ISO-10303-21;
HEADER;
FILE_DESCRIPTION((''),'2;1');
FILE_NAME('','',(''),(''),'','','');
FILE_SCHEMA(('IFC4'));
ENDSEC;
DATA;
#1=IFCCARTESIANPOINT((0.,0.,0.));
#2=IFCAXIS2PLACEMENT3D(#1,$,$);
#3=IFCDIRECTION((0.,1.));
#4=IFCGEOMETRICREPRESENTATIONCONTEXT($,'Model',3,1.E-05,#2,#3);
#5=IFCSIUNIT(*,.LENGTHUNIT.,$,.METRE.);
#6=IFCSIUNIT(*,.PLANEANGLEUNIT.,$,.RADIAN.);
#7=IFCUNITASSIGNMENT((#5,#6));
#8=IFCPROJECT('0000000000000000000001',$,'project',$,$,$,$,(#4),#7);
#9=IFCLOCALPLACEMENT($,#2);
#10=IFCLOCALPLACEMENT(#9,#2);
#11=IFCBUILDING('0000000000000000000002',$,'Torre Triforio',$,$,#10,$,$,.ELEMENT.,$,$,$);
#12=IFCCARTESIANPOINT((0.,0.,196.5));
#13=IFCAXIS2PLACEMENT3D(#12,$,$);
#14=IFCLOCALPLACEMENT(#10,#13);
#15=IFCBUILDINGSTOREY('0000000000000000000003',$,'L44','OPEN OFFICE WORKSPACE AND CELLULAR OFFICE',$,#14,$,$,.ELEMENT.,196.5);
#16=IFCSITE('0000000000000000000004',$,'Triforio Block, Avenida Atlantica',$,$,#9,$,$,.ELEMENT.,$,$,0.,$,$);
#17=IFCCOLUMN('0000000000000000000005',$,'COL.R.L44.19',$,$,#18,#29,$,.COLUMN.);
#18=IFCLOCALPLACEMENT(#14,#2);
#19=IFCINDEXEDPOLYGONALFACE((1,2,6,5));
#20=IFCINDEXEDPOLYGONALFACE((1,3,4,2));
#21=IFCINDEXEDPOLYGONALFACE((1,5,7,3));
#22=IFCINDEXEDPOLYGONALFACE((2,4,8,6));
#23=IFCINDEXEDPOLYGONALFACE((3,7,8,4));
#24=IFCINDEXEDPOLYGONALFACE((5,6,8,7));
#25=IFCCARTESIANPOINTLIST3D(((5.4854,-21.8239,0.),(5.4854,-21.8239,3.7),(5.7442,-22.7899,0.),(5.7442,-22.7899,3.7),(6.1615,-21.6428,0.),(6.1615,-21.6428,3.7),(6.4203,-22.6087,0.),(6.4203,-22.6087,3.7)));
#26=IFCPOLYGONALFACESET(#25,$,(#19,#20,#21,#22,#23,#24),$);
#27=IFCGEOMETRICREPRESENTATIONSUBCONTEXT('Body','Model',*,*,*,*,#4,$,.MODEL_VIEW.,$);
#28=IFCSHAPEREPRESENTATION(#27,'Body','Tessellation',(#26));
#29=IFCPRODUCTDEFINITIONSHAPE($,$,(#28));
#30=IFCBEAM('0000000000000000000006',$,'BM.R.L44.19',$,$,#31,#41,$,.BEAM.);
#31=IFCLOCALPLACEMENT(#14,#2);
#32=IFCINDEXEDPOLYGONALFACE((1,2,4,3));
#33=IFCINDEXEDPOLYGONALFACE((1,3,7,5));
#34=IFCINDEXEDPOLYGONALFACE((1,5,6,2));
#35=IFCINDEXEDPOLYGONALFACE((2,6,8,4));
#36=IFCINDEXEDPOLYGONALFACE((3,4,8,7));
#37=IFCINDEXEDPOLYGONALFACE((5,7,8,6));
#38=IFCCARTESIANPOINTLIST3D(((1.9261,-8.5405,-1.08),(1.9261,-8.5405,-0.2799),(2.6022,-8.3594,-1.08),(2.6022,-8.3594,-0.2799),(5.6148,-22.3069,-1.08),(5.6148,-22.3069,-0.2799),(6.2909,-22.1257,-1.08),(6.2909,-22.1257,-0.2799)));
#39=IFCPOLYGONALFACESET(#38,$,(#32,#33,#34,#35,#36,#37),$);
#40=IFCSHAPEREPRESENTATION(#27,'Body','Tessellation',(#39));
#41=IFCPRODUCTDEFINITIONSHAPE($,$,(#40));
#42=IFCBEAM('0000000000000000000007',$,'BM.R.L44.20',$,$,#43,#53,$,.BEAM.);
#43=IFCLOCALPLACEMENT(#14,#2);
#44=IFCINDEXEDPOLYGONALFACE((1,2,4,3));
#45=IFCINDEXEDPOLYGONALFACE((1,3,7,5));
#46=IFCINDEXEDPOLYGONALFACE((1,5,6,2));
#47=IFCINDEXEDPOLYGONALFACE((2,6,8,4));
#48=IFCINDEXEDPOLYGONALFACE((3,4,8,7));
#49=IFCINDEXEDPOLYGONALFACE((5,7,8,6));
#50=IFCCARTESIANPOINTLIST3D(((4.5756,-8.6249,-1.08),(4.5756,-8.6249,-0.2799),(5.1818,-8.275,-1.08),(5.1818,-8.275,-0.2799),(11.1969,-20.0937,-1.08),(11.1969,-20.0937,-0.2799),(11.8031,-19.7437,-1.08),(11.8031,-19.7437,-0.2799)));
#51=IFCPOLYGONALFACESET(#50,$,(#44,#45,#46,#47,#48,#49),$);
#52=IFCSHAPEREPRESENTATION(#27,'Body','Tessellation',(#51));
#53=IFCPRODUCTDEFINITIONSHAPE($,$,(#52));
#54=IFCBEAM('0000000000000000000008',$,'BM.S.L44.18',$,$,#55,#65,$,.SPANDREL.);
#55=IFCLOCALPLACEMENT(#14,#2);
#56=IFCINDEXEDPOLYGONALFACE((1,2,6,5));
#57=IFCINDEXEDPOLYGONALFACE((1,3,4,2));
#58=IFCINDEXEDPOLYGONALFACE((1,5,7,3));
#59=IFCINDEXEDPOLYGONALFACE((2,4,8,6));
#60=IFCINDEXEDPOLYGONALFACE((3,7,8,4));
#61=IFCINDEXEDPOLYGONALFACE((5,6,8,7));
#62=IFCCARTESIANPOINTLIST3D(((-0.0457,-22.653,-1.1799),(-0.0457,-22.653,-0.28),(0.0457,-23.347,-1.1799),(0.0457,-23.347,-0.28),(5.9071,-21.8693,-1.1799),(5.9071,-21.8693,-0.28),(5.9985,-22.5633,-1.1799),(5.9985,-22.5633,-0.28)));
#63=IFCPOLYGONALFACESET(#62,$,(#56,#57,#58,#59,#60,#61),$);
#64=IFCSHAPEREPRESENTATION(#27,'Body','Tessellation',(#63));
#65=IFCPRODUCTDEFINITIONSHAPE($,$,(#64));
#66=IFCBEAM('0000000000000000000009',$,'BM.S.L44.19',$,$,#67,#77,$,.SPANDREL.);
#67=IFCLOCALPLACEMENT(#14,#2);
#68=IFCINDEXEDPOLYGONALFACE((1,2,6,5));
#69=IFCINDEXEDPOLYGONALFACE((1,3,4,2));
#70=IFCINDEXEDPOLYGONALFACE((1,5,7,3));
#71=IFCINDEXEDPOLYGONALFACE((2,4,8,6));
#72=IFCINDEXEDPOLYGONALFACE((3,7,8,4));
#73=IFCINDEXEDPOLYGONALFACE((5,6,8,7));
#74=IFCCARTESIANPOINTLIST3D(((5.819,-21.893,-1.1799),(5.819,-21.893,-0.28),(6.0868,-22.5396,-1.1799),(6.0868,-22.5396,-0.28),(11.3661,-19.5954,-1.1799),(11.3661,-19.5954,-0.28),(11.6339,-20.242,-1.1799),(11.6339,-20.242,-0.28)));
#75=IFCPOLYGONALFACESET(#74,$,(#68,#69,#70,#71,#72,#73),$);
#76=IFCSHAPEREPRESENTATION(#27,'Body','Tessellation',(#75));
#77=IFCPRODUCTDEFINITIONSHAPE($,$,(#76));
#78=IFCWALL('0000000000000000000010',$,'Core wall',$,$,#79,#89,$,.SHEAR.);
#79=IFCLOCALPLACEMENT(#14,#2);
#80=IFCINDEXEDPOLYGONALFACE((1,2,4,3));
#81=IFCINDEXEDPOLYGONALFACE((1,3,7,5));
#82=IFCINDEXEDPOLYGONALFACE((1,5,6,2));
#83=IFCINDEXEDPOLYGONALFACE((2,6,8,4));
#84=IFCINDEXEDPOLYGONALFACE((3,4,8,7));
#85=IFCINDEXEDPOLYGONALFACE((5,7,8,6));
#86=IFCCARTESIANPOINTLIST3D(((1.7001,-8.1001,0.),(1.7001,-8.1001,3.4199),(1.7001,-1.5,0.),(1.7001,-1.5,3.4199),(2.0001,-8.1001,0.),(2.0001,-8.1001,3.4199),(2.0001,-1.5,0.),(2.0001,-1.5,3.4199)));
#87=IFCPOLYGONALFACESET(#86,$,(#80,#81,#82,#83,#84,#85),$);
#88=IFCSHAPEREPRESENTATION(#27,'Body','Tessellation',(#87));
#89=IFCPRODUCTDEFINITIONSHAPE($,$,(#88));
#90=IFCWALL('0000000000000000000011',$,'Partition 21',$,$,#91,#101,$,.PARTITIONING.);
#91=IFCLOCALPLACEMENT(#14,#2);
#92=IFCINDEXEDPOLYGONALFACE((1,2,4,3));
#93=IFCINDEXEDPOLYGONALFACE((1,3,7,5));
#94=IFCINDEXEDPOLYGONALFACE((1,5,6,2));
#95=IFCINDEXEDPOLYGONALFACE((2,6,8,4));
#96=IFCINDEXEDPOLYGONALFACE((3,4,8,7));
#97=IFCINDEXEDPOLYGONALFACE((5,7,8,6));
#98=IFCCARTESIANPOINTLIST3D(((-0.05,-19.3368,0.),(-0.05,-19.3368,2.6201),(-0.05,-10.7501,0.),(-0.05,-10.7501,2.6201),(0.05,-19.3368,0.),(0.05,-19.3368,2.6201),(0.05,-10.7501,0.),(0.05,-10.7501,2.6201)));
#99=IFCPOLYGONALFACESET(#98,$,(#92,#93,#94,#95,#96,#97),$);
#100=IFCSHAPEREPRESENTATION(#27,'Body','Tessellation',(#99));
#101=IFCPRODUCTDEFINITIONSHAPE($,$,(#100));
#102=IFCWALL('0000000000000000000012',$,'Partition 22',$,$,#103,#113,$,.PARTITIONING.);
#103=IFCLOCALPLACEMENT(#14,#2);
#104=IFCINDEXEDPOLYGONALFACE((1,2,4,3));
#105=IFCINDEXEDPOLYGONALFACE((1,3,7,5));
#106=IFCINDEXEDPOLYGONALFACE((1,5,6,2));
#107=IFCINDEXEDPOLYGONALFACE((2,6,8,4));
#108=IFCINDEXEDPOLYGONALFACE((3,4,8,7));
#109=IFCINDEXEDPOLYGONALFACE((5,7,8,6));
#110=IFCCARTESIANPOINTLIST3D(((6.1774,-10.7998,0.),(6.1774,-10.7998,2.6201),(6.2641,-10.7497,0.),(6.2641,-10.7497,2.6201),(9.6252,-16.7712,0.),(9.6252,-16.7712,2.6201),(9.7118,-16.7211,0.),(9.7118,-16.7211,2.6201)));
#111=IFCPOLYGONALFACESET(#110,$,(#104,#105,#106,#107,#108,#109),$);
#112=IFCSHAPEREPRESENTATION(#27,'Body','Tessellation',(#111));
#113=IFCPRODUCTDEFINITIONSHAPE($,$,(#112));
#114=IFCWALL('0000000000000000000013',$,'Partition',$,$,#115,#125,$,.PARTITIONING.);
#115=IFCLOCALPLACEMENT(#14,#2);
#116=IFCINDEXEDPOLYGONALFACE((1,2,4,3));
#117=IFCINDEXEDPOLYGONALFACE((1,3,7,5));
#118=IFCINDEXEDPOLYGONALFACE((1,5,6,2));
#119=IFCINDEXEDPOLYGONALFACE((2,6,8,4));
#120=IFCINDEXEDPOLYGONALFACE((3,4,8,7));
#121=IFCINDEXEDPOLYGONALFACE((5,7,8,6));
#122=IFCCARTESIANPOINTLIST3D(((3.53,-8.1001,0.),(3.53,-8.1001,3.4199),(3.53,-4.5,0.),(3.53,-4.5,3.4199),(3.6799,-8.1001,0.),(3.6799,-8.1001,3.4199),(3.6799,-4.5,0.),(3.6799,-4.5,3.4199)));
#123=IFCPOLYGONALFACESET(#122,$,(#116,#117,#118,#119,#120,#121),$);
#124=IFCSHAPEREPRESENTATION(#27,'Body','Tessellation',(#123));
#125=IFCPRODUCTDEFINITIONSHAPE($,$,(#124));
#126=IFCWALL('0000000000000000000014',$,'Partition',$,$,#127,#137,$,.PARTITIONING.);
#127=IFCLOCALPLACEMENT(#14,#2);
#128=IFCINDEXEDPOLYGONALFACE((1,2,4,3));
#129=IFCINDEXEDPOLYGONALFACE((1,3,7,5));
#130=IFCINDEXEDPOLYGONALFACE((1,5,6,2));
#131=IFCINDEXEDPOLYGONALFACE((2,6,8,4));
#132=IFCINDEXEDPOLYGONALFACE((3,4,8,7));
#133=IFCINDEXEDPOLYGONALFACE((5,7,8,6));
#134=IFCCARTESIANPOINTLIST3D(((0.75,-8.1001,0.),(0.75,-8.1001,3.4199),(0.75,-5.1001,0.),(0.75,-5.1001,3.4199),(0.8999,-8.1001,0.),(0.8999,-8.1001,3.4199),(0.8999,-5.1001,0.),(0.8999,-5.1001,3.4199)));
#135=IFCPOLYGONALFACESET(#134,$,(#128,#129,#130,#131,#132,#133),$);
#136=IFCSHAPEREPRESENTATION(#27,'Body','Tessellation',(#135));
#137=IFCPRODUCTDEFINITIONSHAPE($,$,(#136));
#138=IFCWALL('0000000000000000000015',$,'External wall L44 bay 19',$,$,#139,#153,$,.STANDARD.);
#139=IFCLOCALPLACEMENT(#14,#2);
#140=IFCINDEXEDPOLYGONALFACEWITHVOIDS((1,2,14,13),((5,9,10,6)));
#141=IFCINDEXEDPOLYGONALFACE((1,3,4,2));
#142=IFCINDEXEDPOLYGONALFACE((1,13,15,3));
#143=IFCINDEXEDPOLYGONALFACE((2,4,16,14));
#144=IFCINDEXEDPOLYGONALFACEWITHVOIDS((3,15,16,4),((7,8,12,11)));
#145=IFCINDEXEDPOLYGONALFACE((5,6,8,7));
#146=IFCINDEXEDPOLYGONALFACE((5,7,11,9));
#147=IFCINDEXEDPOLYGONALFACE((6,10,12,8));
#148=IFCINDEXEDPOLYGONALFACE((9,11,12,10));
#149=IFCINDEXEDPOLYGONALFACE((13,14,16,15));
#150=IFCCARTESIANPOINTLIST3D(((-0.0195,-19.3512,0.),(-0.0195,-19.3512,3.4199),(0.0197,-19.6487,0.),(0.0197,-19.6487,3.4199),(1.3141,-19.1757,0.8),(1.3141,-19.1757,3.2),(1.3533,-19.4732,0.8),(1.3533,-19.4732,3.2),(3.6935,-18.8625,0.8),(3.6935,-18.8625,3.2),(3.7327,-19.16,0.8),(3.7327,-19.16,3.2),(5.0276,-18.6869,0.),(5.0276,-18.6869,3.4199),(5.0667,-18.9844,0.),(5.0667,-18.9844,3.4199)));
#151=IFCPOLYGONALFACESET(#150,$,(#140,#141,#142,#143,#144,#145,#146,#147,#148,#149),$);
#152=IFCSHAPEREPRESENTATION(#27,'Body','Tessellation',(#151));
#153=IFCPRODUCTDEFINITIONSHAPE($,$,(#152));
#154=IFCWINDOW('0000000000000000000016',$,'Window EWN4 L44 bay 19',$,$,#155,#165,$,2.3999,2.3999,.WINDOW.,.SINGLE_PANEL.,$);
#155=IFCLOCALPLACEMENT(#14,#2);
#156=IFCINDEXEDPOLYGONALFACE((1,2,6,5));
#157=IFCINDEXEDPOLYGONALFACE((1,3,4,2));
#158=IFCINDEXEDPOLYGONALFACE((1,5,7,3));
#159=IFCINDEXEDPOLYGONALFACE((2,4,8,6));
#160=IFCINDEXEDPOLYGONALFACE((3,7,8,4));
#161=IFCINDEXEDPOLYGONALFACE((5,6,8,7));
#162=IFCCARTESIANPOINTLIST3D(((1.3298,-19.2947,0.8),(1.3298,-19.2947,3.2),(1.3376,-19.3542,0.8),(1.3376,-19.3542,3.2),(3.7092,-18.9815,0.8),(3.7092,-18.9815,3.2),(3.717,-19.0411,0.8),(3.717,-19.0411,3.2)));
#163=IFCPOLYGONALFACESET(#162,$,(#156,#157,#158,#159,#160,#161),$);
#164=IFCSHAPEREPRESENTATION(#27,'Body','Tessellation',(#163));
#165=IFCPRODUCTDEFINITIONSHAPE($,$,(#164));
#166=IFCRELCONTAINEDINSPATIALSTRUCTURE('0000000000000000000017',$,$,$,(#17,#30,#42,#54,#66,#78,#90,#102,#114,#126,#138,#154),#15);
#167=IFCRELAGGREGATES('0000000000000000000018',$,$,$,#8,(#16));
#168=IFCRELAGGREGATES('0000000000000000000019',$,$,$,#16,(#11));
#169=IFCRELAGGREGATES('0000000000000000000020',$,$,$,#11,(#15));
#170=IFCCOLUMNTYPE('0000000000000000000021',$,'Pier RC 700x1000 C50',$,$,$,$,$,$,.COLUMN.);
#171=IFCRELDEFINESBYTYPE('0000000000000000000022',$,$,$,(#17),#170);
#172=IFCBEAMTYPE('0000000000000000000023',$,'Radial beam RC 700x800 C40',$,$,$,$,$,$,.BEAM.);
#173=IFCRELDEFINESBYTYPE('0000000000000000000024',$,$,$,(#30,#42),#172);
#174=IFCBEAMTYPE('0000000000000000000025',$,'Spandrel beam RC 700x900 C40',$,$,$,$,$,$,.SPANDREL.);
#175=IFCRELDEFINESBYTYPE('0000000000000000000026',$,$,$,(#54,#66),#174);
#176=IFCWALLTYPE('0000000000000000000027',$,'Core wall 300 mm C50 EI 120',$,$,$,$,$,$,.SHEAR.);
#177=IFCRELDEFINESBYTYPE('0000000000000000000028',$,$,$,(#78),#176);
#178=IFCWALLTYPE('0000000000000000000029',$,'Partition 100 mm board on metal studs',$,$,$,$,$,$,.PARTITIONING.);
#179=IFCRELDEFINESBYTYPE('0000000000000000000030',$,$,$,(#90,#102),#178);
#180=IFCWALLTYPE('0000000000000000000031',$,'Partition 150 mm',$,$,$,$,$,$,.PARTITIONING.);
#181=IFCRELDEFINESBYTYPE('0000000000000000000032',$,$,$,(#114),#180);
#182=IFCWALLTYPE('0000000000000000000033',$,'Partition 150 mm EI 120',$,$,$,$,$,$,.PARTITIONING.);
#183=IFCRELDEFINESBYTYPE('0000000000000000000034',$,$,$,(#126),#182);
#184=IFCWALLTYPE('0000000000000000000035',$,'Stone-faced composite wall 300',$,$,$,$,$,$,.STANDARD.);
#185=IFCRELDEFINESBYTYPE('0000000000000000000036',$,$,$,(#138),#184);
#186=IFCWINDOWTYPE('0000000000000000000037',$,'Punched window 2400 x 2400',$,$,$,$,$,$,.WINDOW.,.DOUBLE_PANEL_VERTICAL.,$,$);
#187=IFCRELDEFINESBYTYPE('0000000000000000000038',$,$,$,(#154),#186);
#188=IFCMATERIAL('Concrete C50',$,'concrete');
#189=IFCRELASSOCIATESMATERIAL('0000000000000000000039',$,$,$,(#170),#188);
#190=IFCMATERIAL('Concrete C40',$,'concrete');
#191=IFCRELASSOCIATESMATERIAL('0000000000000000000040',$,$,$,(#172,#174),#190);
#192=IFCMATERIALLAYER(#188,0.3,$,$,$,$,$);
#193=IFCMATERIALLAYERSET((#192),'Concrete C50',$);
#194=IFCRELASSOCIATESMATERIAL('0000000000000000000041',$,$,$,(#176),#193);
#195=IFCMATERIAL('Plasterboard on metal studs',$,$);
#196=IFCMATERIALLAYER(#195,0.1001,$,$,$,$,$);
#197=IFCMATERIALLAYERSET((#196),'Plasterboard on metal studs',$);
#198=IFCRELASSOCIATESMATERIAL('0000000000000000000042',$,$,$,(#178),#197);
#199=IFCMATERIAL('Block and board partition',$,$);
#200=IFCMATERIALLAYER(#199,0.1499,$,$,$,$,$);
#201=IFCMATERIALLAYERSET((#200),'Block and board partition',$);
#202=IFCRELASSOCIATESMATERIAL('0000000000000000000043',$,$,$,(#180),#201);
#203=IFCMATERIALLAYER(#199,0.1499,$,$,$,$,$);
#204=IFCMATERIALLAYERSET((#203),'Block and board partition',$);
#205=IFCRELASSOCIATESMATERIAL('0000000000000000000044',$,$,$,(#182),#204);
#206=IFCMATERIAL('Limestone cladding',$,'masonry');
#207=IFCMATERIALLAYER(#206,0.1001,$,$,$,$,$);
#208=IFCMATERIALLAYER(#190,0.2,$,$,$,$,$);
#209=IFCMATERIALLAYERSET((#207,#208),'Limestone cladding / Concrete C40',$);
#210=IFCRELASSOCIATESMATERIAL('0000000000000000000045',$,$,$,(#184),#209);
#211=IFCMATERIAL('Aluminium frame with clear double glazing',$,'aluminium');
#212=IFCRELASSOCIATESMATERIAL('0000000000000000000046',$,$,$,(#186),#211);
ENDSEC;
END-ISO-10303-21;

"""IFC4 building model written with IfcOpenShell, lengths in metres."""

from ifc_helpers import new_model, si_unit, direction, frame, frame_2d, origin, origin_2d, place, context, subcontext, project, spatial, rectangle, extrude, material, layer, layer_set, material_profile, profile_set, type_object, element, fill, save


model = new_model("IFC4")

# Units and contexts
model_context = context("Model", 3, precision=1e-05, world=origin(), true_north=direction((0.0, 1.0)))
body_context = subcontext(model_context, "Body", "Model", "MODEL_VIEW")
ifc_project = project(units=[si_unit("LENGTHUNIT", "METRE"), si_unit("PLANEANGLEUNIT", "RADIAN")], contexts=[model_context])

# Site, building, storey
site_placement = place(None, origin())
site = spatial("IfcSite", under=ifc_project, at=site_placement, Name="Triforio Block, Avenida Atlantica", CompositionType="ELEMENT", RefElevation=0.0)
building_placement = place(site_placement, origin())
building = spatial("IfcBuilding", under=site, at=building_placement, Name="Torre Triforio", CompositionType="ELEMENT")
storey_placement = place(building_placement, frame((0.0, 0.0, 196.5)))
storey = spatial("IfcBuildingStorey", under=building, at=storey_placement, Name="L44", Description="OPEN OFFICE WORKSPACE AND CELLULAR OFFICE", CompositionType="ELEMENT", Elevation=196.5)

# Column
ifc_material_1 = material(Name="Concrete C50", Category="concrete")
ifc_material_profile_1 = material_profile(ifc_material_1, rectangle(XDim=0.7, YDim=1.0, at=origin_2d()), Name="RC 700x1000")
ifc_profile_set_1 = profile_set([ifc_material_profile_1], Name="Concrete C50")
column_type = type_object("IfcColumnType", Name="Pier RC 700x1000 C50", PredefinedType="COLUMN", material=ifc_profile_set_1)
column_placement = place(storey_placement, frame((5.9529, -22.2163, 0.0), z_axis=(0.0, 0.0, 1.0), x_axis=(0.965926, 0.258819, 0.0)))
element("IfcColumn", 1, at=column_placement, inside=storey, type_object=column_type, Name="COL.R.L44.19", PredefinedType="COLUMN", context=body_context, shape_type="SweptSolid", body=[
    extrude(rectangle(XDim=0.7, YDim=1.0, at=origin_2d()), origin(), (0.0, 0.0, 1.0), 3.7),
])

# Beams
ifc_material_2 = material(Name="Concrete C40", Category="concrete")
ifc_material_profile_2 = material_profile(ifc_material_2, rectangle(XDim=0.7, YDim=0.8, at=origin_2d()), Name="RC 700x800")
ifc_profile_set_2 = profile_set([ifc_material_profile_2], Name="Concrete C40")
beam_type_1 = type_object("IfcBeamType", Name="Radial beam RC 700x800 C40", PredefinedType="BEAM", material=ifc_profile_set_2)
beam_1_placement = place(storey_placement, frame((2.2642, -8.45, -0.6799), z_axis=(0.258821, -0.965925, 0.0), x_axis=(0.965925, 0.258821, 0.0)))
element("IfcBeam", 2, at=beam_1_placement, inside=storey, type_object=beam_type_1, Name="BM.R.L44.19", PredefinedType="BEAM", context=body_context, shape_type="SweptSolid", body=[
    extrude(rectangle(XDim=0.7, YDim=0.8, at=origin_2d()), origin(), (0.0, 0.0, 1.0), 14.252),
])
beam_2_placement = place(storey_placement, frame((4.8787, -8.45, -0.6799), z_axis=(0.499992, -0.86603, 0.0), x_axis=(0.86603, 0.499992, 0.0)))
element("IfcBeam", 3, at=beam_2_placement, inside=storey, type_object=beam_type_1, Name="BM.R.L44.20", PredefinedType="BEAM", context=body_context, shape_type="SweptSolid", body=[
    extrude(rectangle(XDim=0.7, YDim=0.8, at=origin_2d()), origin(), (0.0, 0.0, 1.0), 13.2429),
])
ifc_material_profile_3 = material_profile(ifc_material_2, rectangle(XDim=0.7, YDim=0.8999, at=origin_2d()), Name="RC 700x900")
ifc_profile_set_3 = profile_set([ifc_material_profile_3], Name="Concrete C40")
beam_type_2 = type_object("IfcBeamType", Name="Spandrel beam RC 700x900 C40", PredefinedType="SPANDREL", material=ifc_profile_set_3)
for number, where, z_axis, x_axis, name in (
    (4, (0.0, -23.0, -0.73), (0.991445, 0.130523, 0.0), (-0.130523, 0.991445, 0.0), "BM.S.L44.18"),
    (5, (5.9529, -22.2163, -0.73), (0.923885, 0.382671, 0.0), (-0.382671, 0.923885, 0.0), "BM.S.L44.19"),
):
    element("IfcBeam", number, at=place(storey_placement, frame(where, z_axis=z_axis, x_axis=x_axis)), inside=storey, type_object=beam_type_2, Name=name, PredefinedType="SPANDREL", context=body_context, shape_type="SweptSolid", body=[
        extrude(rectangle(XDim=0.7, YDim=0.8999, at=origin_2d()), origin(), (0.0, 0.0, 1.0), 6.0042),
    ])

# Walls
ifc_layer_1 = layer(ifc_material_1, 0.3)
ifc_layer_set_1 = layer_set([ifc_layer_1], Name="Concrete C50")
wall_type_1 = type_object("IfcWallType", Name="Core wall 300 mm C50 EI 120", PredefinedType="SHEAR", material=ifc_layer_set_1)
wall_1_placement = place(storey_placement, frame((1.8501, -8.1001, 0.0), z_axis=(0.0, 0.0, 1.0), x_axis=(0.0, 1.0, 0.0)))
element("IfcWall", 6, at=wall_1_placement, inside=storey, type_object=wall_type_1, Name="Core wall", PredefinedType="SHEAR", context=body_context, shape_type="SweptSolid", body=[
    extrude(rectangle(XDim=6.6001, YDim=0.3, at=frame_2d((3.3, 0.0))), origin(), (0.0, 0.0, 1.0), 3.4199),
])
ifc_material_3 = material(Name="Plasterboard on metal studs")
ifc_layer_2 = layer(ifc_material_3, 0.1001)
ifc_layer_set_2 = layer_set([ifc_layer_2], Name="Plasterboard on metal studs")
wall_type_2 = type_object("IfcWallType", Name="Partition 100 mm board on metal studs", PredefinedType="PARTITIONING", material=ifc_layer_set_2)
wall_2_placement = place(storey_placement, frame((0.0, -10.75, 0.0), z_axis=(0.0, 0.0, 1.0), x_axis=(0.0, -1.0, 0.0)))
element("IfcWall", 7, at=wall_2_placement, inside=storey, type_object=wall_type_2, Name="Partition 21", PredefinedType="PARTITIONING", context=body_context, shape_type="SweptSolid", body=[
    extrude(rectangle(XDim=8.5867, YDim=0.1001, at=frame_2d((4.2935, 0.0))), origin(), (0.0, 0.0, 1.0), 2.6201),
])
wall_3_placement = place(storey_placement, frame((6.2207, -10.7747, 0.0), z_axis=(0.0, 0.0, 1.0), x_axis=(0.500016, -0.866016, 0.0)))
element("IfcWall", 8, at=wall_3_placement, inside=storey, type_object=wall_type_2, Name="Partition 22", PredefinedType="PARTITIONING", context=body_context, shape_type="SweptSolid", body=[
    extrude(rectangle(XDim=6.8953, YDim=0.1001, at=frame_2d((3.4478, 0.0))), origin(), (0.0, 0.0, 1.0), 2.6201),
])
ifc_material_4 = material(Name="Block and board partition")
ifc_layer_3 = layer(ifc_material_4, 0.1499)
ifc_layer_set_3 = layer_set([ifc_layer_3], Name="Block and board partition")
wall_type_3 = type_object("IfcWallType", Name="Partition 150 mm", PredefinedType="PARTITIONING", material=ifc_layer_set_3)
wall_4_placement = place(storey_placement, frame((3.605, -8.1001, 0.0), z_axis=(0.0, 0.0, 1.0), x_axis=(0.0, 1.0, 0.0)))
element("IfcWall", 9, at=wall_4_placement, inside=storey, type_object=wall_type_3, Name="Partition", PredefinedType="PARTITIONING", context=body_context, shape_type="SweptSolid", body=[
    extrude(rectangle(XDim=3.6001, YDim=0.1499, at=frame_2d((1.8, 0.0))), origin(), (0.0, 0.0, 1.0), 3.4199),
])
ifc_layer_4 = layer(ifc_material_4, 0.1499)
ifc_layer_set_4 = layer_set([ifc_layer_4], Name="Block and board partition")
wall_type_4 = type_object("IfcWallType", Name="Partition 150 mm EI 120", PredefinedType="PARTITIONING", material=ifc_layer_set_4)
wall_5_placement = place(storey_placement, frame((0.825, -8.1001, 0.0), z_axis=(0.0, 0.0, 1.0), x_axis=(0.0, 1.0, 0.0)))
element("IfcWall", 10, at=wall_5_placement, inside=storey, type_object=wall_type_4, Name="Partition", PredefinedType="PARTITIONING", context=body_context, shape_type="SweptSolid", body=[
    extrude(rectangle(XDim=3.0, YDim=0.1499, at=frame_2d((1.5, 0.0))), origin(), (0.0, 0.0, 1.0), 3.4199),
])

# Wall, opening, window
ifc_material_5 = material(Name="Limestone cladding", Category="masonry")
ifc_layer_5 = layer(ifc_material_5, 0.1001)
ifc_layer_6 = layer(ifc_material_2, 0.2)
ifc_layer_set_5 = layer_set([ifc_layer_5, ifc_layer_6], Name="Limestone cladding / Concrete C40")
wall_type_5 = type_object("IfcWallType", Name="Stone-faced composite wall 300", PredefinedType="STANDARD", material=ifc_layer_set_5)
wall_6_placement = place(storey_placement, frame((0.0, -19.5, 0.0), z_axis=(0.0, 0.0, 1.0), x_axis=(0.991449, 0.130495, 0.0)))
wall_6 = element("IfcWall", 11, at=wall_6_placement, inside=storey, type_object=wall_type_5, Name="External wall L44 bay 19", PredefinedType="STANDARD", context=body_context, shape_type="SweptSolid", body=[
    extrude(rectangle(XDim=5.0906, YDim=0.3, at=frame_2d((2.5454, 0.0))), origin(), (0.0, 0.0, 1.0), 3.4199),
])
opening_1_placement = place(wall_6_placement, frame((1.3452, 0.0, 0.8)))
opening_1 = element("IfcOpeningElement", 12, at=opening_1_placement, cuts=wall_6, PredefinedType="OPENING", context=body_context, shape_type="SweptSolid", body=[
    extrude(rectangle(XDim=2.3999, YDim=2.3999, at=frame_2d((1.2, 1.2))), frame((0.0, 0.1599, 0.0), z_axis=(0.0, -1.0, 0.0), x_axis=(1.0, 0.0, 0.0)), (0.0, 0.0, 1.0), 0.3201),
])
ifc_material_6 = material(Name="Aluminium frame with clear double glazing", Category="aluminium")
window_type_1 = type_object("IfcWindowType", Name="Punched window 2400 x 2400", PartitioningType="DOUBLE_PANEL_VERTICAL", PredefinedType="WINDOW", material=ifc_material_6)
window_1_placement = place(opening_1_placement, origin())
window_1 = element("IfcWindow", 13, at=window_1_placement, inside=storey, type_object=window_type_1, Name="Window EWN4 L44 bay 19", OverallHeight=2.3999, OverallWidth=2.3999, PartitioningType="SINGLE_PANEL", PredefinedType="WINDOW", context=body_context, shape_type="SweptSolid", body=[
    extrude(rectangle(XDim=2.3999, YDim=2.3999, at=frame_2d((1.2, 1.2))), frame((0.0, 0.03, 0.0), z_axis=(0.0, -1.0, 0.0), x_axis=(1.0, 0.0, 0.0)), (0.0, 0.0, 1.0), 0.0601),
])
fill(opening_1, window_1)

save(model, "model.ifc")
